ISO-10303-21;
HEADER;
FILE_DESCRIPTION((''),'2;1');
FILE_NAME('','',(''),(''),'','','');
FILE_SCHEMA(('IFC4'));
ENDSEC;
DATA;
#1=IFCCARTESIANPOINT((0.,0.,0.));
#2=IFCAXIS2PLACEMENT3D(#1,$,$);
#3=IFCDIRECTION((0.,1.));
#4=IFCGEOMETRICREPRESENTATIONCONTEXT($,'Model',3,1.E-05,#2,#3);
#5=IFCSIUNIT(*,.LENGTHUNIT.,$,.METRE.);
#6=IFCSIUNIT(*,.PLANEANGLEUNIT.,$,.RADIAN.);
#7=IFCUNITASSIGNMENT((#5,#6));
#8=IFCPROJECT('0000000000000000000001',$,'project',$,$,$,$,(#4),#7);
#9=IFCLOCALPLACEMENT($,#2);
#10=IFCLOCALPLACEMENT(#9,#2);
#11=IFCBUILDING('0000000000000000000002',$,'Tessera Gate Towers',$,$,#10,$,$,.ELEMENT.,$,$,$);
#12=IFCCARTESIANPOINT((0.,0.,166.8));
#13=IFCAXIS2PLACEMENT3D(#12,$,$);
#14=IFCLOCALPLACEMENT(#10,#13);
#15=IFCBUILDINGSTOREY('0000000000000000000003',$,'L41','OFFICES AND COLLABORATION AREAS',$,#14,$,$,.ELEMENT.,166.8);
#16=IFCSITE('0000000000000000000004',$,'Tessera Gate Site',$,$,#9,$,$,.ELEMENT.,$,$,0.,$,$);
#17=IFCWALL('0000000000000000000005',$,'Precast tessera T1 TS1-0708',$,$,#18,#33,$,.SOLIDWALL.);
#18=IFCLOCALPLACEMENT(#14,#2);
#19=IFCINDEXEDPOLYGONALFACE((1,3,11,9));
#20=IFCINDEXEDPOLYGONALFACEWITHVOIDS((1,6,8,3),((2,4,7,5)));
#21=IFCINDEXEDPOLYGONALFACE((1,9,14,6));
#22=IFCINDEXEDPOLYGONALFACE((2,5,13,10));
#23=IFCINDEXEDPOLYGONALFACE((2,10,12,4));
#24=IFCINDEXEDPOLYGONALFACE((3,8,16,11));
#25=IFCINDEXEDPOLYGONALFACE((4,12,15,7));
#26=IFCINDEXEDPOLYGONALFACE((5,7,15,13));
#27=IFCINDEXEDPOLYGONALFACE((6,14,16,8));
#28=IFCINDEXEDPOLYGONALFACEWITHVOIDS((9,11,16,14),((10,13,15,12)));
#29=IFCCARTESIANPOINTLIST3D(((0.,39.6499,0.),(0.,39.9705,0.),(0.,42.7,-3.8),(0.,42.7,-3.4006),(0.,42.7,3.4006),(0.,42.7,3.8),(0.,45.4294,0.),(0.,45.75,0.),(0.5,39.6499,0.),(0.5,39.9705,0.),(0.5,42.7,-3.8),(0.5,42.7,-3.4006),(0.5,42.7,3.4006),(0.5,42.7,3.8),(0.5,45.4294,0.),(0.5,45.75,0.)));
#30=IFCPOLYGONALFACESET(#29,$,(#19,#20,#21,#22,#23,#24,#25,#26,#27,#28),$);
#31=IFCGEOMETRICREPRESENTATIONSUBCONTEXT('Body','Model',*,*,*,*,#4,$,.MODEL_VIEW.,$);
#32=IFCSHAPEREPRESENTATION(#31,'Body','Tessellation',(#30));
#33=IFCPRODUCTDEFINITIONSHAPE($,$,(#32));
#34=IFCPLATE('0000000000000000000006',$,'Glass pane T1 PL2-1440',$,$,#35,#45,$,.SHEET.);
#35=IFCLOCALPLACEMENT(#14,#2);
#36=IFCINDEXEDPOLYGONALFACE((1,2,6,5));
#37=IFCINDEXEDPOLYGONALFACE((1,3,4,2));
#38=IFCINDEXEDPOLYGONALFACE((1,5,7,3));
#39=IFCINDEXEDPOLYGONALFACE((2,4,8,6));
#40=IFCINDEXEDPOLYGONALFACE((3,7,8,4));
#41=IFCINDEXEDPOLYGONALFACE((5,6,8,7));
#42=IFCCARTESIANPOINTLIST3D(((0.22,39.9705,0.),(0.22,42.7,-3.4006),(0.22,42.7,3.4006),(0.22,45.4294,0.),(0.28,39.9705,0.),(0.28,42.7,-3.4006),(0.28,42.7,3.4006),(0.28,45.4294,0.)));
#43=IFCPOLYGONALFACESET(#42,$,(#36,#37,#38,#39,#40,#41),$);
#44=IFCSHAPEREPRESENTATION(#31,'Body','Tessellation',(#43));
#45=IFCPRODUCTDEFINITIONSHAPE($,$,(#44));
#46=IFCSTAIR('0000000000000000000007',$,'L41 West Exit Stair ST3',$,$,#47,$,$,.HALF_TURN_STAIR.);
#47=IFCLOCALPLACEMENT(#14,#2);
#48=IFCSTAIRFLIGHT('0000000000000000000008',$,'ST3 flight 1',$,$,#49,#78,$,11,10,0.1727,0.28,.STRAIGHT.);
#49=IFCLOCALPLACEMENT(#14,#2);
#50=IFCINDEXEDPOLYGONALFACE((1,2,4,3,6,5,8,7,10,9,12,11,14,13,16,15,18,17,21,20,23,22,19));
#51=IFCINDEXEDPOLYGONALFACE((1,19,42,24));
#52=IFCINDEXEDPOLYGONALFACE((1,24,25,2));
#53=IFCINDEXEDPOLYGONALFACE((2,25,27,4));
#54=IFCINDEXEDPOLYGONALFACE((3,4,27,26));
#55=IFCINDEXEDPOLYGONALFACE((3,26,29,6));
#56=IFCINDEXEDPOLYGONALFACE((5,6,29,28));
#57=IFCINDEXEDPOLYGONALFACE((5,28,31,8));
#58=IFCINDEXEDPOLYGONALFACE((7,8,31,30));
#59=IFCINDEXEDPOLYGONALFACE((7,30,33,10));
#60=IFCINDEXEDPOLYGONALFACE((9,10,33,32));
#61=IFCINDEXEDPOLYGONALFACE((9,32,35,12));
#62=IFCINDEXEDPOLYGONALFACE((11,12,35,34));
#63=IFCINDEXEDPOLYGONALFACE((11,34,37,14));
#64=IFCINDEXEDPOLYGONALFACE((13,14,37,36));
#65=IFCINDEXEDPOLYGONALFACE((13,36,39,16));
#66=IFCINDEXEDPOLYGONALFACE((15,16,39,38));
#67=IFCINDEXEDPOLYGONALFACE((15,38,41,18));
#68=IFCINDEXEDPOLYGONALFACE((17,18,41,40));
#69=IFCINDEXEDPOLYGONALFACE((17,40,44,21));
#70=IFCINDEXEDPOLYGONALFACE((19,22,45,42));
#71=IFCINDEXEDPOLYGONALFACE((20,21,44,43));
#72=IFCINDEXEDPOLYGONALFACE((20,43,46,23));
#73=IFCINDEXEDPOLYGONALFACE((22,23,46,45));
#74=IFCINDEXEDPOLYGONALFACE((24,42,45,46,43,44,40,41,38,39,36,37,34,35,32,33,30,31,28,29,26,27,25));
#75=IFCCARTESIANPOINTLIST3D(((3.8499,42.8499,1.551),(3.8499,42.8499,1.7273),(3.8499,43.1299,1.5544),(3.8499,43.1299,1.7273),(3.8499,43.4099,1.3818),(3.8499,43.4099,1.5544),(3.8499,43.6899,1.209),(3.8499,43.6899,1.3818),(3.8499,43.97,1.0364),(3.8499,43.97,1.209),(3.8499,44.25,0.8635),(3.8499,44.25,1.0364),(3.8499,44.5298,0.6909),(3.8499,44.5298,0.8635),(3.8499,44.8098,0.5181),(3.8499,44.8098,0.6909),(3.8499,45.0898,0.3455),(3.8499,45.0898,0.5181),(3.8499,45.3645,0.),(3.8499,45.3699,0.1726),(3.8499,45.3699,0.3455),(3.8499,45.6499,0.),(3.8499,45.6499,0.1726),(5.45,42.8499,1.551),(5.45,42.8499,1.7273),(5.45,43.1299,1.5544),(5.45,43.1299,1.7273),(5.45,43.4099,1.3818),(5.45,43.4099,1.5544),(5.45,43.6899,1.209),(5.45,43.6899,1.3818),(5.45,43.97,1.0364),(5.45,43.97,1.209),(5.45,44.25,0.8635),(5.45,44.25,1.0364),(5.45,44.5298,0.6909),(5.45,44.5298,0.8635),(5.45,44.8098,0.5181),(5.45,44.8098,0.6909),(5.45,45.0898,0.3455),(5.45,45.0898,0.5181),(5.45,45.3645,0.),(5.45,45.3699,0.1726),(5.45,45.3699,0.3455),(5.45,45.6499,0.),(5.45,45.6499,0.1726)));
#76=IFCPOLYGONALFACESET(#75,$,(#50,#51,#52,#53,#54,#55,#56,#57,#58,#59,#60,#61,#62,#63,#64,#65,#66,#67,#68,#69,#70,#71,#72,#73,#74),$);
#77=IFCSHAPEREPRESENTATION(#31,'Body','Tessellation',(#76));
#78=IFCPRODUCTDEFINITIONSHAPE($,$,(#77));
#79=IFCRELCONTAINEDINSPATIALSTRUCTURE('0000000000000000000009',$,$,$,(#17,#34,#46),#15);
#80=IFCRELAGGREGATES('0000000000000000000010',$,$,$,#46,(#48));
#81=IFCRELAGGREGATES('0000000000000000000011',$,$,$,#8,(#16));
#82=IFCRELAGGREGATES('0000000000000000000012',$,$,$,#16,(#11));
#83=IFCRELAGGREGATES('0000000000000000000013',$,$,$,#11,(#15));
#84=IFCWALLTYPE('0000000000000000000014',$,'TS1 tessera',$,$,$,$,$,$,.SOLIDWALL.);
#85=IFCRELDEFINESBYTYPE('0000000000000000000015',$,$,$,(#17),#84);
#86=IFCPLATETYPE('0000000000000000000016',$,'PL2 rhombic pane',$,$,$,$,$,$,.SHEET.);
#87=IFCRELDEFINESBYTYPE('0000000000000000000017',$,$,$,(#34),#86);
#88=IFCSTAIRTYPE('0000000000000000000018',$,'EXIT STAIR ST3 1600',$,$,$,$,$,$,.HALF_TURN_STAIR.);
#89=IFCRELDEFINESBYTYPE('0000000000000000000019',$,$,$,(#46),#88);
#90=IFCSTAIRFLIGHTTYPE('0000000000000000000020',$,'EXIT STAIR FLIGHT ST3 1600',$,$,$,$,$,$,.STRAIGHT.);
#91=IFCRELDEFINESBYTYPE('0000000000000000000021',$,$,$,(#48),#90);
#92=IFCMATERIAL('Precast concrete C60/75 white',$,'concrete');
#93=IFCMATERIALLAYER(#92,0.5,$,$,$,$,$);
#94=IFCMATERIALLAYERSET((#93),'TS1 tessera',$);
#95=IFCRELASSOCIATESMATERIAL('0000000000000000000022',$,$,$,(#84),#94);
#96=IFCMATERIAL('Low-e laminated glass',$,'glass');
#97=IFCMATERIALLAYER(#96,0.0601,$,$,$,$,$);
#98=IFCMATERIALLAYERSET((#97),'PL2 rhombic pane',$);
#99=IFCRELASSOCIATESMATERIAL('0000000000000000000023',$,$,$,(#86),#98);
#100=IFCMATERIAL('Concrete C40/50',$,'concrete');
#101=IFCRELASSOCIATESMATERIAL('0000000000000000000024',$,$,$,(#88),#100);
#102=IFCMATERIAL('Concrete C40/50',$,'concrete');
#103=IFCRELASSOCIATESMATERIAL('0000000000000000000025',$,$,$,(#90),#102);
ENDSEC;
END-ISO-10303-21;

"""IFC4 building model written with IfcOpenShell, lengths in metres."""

from ifc_helpers import new_model, si_unit, direction, frame, origin, place, context, subcontext, project, spatial, polyline, outline, extrude, source, transform, mapped, material, layer, layer_set, type_object, element, fill, aggregate, save


model = new_model("IFC4")

# Units and contexts
model_context = context("Model", 3, precision=1e-05, world=origin(), true_north=direction((0.0, 1.0)))
body_context = subcontext(model_context, "Body", "Model", "MODEL_VIEW")
ifc_project = project(units=[si_unit("LENGTHUNIT", "METRE"), si_unit("PLANEANGLEUNIT", "RADIAN")], contexts=[model_context])

# Site, building, storey
site_placement = place(None, origin())
site = spatial("IfcSite", under=ifc_project, at=site_placement, Name="Tessera Gate Site", CompositionType="ELEMENT", RefElevation=0.0)
building_placement = place(site_placement, origin())
building = spatial("IfcBuilding", under=site, at=building_placement, Name="Tessera Gate Towers", CompositionType="ELEMENT")
storey_placement = place(building_placement, frame((0.0, 0.0, 166.8)))
storey = spatial("IfcBuildingStorey", under=building, at=storey_placement, Name="L41", Description="OFFICES AND COLLABORATION AREAS", CompositionType="ELEMENT", Elevation=166.8)

# Wall, opening, plate
ifc_material_1 = material(Name="Precast concrete C60/75 white", Category="concrete")
ifc_layer_1 = layer(ifc_material_1, 0.5)
ifc_layer_set_1 = layer_set([ifc_layer_1], Name="TS1 tessera")
wall_type_1 = type_object("IfcWallType", Name="TS1 tessera", PredefinedType="SOLIDWALL", material=ifc_layer_set_1)
shared_shape_1 = source(origin(), body_context, "Body", "SweptSolid", [
    extrude(outline(polyline([(3.05, 0.0), (6.1001, 3.8), (3.05, 7.6001), (0.0, 3.8), (3.05, 0.0)])), frame((0.0, 0.25, 0.0), z_axis=(0.0, -1.0, 0.0), x_axis=(1.0, 0.0, 0.0)), (0.0, 0.0, 1.0), 0.5),
])
wall_1_placement = place(storey_placement, frame((0.25, 45.75, -3.8), z_axis=(0.0, 0.0, 1.0), x_axis=(0.0, -1.0, 0.0)))
wall_1 = element("IfcWall", 1, at=wall_1_placement, inside=storey, type_object=wall_type_1, Name="Precast tessera T1 TS1-0708", PredefinedType="SOLIDWALL", context=body_context, shape_type="MappedRepresentation", body=[
    mapped(shared_shape_1, transform((0.0, 0.0, 0.0), scale=1.0)),
])
shared_shape_2 = source(origin(), body_context, "Body", "SweptSolid", [
    extrude(outline(polyline([(3.05, 0.3994), (5.7795, 3.8), (3.05, 7.2007), (0.3206, 3.8), (3.05, 0.3994)])), frame((0.0, 0.26, 0.0), z_axis=(0.0, -1.0, 0.0), x_axis=(1.0, 0.0, 0.0)), (0.0, 0.0, 1.0), 0.52),
])
opening_1_placement = place(wall_1_placement, origin())
opening_1 = element("IfcOpeningElement", 2, at=opening_1_placement, cuts=wall_1, PredefinedType="OPENING", context=body_context, shape_type="MappedRepresentation", body=[
    mapped(shared_shape_2, transform((0.0, 0.0, 0.0), scale=1.0)),
])
ifc_material_2 = material(Name="Low-e laminated glass", Category="glass")
ifc_layer_2 = layer(ifc_material_2, 0.0601)
ifc_layer_set_2 = layer_set([ifc_layer_2], Name="PL2 rhombic pane")
plate_type = type_object("IfcPlateType", Name="PL2 rhombic pane", PredefinedType="SHEET", material=ifc_layer_set_2)
shared_shape_3 = source(origin(), body_context, "Body", "SweptSolid", [
    extrude(outline(polyline([(3.05, 0.3994), (5.7795, 3.8), (3.05, 7.2007), (0.3206, 3.8), (3.05, 0.3994)])), frame((0.0, 0.03, 0.0), z_axis=(0.0, -1.0, 0.0), x_axis=(1.0, 0.0, 0.0)), (0.0, 0.0, 1.0), 0.0601),
])
plate_placement = place(opening_1_placement, origin())
plate = element("IfcPlate", 3, at=plate_placement, inside=storey, type_object=plate_type, Name="Glass pane T1 PL2-1440", PredefinedType="SHEET", context=body_context, shape_type="MappedRepresentation", body=[
    mapped(shared_shape_3, transform((0.0, 0.0, 0.0), scale=1.0)),
])
fill(opening_1, plate)

# Stair, stair flight
ifc_material_3 = material(Name="Concrete C40/50", Category="concrete")
stair_type = type_object("IfcStairType", Name="EXIT STAIR ST3 1600", PredefinedType="HALF_TURN_STAIR", material=ifc_material_3)
stair_placement = place(storey_placement, origin())
stair = element("IfcStair", 4, at=stair_placement, inside=storey, type_object=stair_type, Name="L41 West Exit Stair ST3", PredefinedType="HALF_TURN_STAIR")
ifc_material_4 = material(Name="Concrete C40/50", Category="concrete")
stair_flight_type = type_object("IfcStairFlightType", Name="EXIT STAIR FLIGHT ST3 1600", PredefinedType="STRAIGHT", material=ifc_material_4)
stair_flight_placement = place(storey_placement, frame((4.6499, 45.6499, 0.0), z_axis=(0.0, 0.0, 1.0), x_axis=(0.0, -1.0, 0.0)))
stair_flight = element("IfcStairFlight", 5, at=stair_flight_placement, type_object=stair_flight_type, Name="ST3 flight 1", NumberOfRisers=11, NumberOfTreads=10, PredefinedType="STRAIGHT", RiserHeight=0.1727, TreadLength=0.28, context=body_context, shape_type="SweptSolid", body=[
    extrude(outline(polyline([(0.0, 0.0), (0.0, 0.1726), (0.28, 0.1726), (0.28, 0.3455), (0.5601, 0.3455), (0.5601, 0.5181), (0.8401, 0.5181), (0.8401, 0.6909), (1.1201, 0.6909), (1.1201, 0.8635), (1.3999, 0.8635), (1.3999, 1.0364), (1.6799, 1.0364), (1.6799, 1.209), (1.96, 1.209), (1.96, 1.3818), (2.24, 1.3818), (2.24, 1.5544), (2.52, 1.5544), (2.52, 1.7273), (2.8, 1.7273), (2.8, 1.8999), (2.8, 1.551), (0.2854, 0.0), (0.0, 0.0)])), frame((0.0, 0.8, 0.0), z_axis=(0.0, -1.0, 0.0), x_axis=(1.0, 0.0, 0.0)), (0.0, 0.0, 1.0), 1.6001),
])
aggregate(stair, [stair_flight])

save(model, "model.ifc")
